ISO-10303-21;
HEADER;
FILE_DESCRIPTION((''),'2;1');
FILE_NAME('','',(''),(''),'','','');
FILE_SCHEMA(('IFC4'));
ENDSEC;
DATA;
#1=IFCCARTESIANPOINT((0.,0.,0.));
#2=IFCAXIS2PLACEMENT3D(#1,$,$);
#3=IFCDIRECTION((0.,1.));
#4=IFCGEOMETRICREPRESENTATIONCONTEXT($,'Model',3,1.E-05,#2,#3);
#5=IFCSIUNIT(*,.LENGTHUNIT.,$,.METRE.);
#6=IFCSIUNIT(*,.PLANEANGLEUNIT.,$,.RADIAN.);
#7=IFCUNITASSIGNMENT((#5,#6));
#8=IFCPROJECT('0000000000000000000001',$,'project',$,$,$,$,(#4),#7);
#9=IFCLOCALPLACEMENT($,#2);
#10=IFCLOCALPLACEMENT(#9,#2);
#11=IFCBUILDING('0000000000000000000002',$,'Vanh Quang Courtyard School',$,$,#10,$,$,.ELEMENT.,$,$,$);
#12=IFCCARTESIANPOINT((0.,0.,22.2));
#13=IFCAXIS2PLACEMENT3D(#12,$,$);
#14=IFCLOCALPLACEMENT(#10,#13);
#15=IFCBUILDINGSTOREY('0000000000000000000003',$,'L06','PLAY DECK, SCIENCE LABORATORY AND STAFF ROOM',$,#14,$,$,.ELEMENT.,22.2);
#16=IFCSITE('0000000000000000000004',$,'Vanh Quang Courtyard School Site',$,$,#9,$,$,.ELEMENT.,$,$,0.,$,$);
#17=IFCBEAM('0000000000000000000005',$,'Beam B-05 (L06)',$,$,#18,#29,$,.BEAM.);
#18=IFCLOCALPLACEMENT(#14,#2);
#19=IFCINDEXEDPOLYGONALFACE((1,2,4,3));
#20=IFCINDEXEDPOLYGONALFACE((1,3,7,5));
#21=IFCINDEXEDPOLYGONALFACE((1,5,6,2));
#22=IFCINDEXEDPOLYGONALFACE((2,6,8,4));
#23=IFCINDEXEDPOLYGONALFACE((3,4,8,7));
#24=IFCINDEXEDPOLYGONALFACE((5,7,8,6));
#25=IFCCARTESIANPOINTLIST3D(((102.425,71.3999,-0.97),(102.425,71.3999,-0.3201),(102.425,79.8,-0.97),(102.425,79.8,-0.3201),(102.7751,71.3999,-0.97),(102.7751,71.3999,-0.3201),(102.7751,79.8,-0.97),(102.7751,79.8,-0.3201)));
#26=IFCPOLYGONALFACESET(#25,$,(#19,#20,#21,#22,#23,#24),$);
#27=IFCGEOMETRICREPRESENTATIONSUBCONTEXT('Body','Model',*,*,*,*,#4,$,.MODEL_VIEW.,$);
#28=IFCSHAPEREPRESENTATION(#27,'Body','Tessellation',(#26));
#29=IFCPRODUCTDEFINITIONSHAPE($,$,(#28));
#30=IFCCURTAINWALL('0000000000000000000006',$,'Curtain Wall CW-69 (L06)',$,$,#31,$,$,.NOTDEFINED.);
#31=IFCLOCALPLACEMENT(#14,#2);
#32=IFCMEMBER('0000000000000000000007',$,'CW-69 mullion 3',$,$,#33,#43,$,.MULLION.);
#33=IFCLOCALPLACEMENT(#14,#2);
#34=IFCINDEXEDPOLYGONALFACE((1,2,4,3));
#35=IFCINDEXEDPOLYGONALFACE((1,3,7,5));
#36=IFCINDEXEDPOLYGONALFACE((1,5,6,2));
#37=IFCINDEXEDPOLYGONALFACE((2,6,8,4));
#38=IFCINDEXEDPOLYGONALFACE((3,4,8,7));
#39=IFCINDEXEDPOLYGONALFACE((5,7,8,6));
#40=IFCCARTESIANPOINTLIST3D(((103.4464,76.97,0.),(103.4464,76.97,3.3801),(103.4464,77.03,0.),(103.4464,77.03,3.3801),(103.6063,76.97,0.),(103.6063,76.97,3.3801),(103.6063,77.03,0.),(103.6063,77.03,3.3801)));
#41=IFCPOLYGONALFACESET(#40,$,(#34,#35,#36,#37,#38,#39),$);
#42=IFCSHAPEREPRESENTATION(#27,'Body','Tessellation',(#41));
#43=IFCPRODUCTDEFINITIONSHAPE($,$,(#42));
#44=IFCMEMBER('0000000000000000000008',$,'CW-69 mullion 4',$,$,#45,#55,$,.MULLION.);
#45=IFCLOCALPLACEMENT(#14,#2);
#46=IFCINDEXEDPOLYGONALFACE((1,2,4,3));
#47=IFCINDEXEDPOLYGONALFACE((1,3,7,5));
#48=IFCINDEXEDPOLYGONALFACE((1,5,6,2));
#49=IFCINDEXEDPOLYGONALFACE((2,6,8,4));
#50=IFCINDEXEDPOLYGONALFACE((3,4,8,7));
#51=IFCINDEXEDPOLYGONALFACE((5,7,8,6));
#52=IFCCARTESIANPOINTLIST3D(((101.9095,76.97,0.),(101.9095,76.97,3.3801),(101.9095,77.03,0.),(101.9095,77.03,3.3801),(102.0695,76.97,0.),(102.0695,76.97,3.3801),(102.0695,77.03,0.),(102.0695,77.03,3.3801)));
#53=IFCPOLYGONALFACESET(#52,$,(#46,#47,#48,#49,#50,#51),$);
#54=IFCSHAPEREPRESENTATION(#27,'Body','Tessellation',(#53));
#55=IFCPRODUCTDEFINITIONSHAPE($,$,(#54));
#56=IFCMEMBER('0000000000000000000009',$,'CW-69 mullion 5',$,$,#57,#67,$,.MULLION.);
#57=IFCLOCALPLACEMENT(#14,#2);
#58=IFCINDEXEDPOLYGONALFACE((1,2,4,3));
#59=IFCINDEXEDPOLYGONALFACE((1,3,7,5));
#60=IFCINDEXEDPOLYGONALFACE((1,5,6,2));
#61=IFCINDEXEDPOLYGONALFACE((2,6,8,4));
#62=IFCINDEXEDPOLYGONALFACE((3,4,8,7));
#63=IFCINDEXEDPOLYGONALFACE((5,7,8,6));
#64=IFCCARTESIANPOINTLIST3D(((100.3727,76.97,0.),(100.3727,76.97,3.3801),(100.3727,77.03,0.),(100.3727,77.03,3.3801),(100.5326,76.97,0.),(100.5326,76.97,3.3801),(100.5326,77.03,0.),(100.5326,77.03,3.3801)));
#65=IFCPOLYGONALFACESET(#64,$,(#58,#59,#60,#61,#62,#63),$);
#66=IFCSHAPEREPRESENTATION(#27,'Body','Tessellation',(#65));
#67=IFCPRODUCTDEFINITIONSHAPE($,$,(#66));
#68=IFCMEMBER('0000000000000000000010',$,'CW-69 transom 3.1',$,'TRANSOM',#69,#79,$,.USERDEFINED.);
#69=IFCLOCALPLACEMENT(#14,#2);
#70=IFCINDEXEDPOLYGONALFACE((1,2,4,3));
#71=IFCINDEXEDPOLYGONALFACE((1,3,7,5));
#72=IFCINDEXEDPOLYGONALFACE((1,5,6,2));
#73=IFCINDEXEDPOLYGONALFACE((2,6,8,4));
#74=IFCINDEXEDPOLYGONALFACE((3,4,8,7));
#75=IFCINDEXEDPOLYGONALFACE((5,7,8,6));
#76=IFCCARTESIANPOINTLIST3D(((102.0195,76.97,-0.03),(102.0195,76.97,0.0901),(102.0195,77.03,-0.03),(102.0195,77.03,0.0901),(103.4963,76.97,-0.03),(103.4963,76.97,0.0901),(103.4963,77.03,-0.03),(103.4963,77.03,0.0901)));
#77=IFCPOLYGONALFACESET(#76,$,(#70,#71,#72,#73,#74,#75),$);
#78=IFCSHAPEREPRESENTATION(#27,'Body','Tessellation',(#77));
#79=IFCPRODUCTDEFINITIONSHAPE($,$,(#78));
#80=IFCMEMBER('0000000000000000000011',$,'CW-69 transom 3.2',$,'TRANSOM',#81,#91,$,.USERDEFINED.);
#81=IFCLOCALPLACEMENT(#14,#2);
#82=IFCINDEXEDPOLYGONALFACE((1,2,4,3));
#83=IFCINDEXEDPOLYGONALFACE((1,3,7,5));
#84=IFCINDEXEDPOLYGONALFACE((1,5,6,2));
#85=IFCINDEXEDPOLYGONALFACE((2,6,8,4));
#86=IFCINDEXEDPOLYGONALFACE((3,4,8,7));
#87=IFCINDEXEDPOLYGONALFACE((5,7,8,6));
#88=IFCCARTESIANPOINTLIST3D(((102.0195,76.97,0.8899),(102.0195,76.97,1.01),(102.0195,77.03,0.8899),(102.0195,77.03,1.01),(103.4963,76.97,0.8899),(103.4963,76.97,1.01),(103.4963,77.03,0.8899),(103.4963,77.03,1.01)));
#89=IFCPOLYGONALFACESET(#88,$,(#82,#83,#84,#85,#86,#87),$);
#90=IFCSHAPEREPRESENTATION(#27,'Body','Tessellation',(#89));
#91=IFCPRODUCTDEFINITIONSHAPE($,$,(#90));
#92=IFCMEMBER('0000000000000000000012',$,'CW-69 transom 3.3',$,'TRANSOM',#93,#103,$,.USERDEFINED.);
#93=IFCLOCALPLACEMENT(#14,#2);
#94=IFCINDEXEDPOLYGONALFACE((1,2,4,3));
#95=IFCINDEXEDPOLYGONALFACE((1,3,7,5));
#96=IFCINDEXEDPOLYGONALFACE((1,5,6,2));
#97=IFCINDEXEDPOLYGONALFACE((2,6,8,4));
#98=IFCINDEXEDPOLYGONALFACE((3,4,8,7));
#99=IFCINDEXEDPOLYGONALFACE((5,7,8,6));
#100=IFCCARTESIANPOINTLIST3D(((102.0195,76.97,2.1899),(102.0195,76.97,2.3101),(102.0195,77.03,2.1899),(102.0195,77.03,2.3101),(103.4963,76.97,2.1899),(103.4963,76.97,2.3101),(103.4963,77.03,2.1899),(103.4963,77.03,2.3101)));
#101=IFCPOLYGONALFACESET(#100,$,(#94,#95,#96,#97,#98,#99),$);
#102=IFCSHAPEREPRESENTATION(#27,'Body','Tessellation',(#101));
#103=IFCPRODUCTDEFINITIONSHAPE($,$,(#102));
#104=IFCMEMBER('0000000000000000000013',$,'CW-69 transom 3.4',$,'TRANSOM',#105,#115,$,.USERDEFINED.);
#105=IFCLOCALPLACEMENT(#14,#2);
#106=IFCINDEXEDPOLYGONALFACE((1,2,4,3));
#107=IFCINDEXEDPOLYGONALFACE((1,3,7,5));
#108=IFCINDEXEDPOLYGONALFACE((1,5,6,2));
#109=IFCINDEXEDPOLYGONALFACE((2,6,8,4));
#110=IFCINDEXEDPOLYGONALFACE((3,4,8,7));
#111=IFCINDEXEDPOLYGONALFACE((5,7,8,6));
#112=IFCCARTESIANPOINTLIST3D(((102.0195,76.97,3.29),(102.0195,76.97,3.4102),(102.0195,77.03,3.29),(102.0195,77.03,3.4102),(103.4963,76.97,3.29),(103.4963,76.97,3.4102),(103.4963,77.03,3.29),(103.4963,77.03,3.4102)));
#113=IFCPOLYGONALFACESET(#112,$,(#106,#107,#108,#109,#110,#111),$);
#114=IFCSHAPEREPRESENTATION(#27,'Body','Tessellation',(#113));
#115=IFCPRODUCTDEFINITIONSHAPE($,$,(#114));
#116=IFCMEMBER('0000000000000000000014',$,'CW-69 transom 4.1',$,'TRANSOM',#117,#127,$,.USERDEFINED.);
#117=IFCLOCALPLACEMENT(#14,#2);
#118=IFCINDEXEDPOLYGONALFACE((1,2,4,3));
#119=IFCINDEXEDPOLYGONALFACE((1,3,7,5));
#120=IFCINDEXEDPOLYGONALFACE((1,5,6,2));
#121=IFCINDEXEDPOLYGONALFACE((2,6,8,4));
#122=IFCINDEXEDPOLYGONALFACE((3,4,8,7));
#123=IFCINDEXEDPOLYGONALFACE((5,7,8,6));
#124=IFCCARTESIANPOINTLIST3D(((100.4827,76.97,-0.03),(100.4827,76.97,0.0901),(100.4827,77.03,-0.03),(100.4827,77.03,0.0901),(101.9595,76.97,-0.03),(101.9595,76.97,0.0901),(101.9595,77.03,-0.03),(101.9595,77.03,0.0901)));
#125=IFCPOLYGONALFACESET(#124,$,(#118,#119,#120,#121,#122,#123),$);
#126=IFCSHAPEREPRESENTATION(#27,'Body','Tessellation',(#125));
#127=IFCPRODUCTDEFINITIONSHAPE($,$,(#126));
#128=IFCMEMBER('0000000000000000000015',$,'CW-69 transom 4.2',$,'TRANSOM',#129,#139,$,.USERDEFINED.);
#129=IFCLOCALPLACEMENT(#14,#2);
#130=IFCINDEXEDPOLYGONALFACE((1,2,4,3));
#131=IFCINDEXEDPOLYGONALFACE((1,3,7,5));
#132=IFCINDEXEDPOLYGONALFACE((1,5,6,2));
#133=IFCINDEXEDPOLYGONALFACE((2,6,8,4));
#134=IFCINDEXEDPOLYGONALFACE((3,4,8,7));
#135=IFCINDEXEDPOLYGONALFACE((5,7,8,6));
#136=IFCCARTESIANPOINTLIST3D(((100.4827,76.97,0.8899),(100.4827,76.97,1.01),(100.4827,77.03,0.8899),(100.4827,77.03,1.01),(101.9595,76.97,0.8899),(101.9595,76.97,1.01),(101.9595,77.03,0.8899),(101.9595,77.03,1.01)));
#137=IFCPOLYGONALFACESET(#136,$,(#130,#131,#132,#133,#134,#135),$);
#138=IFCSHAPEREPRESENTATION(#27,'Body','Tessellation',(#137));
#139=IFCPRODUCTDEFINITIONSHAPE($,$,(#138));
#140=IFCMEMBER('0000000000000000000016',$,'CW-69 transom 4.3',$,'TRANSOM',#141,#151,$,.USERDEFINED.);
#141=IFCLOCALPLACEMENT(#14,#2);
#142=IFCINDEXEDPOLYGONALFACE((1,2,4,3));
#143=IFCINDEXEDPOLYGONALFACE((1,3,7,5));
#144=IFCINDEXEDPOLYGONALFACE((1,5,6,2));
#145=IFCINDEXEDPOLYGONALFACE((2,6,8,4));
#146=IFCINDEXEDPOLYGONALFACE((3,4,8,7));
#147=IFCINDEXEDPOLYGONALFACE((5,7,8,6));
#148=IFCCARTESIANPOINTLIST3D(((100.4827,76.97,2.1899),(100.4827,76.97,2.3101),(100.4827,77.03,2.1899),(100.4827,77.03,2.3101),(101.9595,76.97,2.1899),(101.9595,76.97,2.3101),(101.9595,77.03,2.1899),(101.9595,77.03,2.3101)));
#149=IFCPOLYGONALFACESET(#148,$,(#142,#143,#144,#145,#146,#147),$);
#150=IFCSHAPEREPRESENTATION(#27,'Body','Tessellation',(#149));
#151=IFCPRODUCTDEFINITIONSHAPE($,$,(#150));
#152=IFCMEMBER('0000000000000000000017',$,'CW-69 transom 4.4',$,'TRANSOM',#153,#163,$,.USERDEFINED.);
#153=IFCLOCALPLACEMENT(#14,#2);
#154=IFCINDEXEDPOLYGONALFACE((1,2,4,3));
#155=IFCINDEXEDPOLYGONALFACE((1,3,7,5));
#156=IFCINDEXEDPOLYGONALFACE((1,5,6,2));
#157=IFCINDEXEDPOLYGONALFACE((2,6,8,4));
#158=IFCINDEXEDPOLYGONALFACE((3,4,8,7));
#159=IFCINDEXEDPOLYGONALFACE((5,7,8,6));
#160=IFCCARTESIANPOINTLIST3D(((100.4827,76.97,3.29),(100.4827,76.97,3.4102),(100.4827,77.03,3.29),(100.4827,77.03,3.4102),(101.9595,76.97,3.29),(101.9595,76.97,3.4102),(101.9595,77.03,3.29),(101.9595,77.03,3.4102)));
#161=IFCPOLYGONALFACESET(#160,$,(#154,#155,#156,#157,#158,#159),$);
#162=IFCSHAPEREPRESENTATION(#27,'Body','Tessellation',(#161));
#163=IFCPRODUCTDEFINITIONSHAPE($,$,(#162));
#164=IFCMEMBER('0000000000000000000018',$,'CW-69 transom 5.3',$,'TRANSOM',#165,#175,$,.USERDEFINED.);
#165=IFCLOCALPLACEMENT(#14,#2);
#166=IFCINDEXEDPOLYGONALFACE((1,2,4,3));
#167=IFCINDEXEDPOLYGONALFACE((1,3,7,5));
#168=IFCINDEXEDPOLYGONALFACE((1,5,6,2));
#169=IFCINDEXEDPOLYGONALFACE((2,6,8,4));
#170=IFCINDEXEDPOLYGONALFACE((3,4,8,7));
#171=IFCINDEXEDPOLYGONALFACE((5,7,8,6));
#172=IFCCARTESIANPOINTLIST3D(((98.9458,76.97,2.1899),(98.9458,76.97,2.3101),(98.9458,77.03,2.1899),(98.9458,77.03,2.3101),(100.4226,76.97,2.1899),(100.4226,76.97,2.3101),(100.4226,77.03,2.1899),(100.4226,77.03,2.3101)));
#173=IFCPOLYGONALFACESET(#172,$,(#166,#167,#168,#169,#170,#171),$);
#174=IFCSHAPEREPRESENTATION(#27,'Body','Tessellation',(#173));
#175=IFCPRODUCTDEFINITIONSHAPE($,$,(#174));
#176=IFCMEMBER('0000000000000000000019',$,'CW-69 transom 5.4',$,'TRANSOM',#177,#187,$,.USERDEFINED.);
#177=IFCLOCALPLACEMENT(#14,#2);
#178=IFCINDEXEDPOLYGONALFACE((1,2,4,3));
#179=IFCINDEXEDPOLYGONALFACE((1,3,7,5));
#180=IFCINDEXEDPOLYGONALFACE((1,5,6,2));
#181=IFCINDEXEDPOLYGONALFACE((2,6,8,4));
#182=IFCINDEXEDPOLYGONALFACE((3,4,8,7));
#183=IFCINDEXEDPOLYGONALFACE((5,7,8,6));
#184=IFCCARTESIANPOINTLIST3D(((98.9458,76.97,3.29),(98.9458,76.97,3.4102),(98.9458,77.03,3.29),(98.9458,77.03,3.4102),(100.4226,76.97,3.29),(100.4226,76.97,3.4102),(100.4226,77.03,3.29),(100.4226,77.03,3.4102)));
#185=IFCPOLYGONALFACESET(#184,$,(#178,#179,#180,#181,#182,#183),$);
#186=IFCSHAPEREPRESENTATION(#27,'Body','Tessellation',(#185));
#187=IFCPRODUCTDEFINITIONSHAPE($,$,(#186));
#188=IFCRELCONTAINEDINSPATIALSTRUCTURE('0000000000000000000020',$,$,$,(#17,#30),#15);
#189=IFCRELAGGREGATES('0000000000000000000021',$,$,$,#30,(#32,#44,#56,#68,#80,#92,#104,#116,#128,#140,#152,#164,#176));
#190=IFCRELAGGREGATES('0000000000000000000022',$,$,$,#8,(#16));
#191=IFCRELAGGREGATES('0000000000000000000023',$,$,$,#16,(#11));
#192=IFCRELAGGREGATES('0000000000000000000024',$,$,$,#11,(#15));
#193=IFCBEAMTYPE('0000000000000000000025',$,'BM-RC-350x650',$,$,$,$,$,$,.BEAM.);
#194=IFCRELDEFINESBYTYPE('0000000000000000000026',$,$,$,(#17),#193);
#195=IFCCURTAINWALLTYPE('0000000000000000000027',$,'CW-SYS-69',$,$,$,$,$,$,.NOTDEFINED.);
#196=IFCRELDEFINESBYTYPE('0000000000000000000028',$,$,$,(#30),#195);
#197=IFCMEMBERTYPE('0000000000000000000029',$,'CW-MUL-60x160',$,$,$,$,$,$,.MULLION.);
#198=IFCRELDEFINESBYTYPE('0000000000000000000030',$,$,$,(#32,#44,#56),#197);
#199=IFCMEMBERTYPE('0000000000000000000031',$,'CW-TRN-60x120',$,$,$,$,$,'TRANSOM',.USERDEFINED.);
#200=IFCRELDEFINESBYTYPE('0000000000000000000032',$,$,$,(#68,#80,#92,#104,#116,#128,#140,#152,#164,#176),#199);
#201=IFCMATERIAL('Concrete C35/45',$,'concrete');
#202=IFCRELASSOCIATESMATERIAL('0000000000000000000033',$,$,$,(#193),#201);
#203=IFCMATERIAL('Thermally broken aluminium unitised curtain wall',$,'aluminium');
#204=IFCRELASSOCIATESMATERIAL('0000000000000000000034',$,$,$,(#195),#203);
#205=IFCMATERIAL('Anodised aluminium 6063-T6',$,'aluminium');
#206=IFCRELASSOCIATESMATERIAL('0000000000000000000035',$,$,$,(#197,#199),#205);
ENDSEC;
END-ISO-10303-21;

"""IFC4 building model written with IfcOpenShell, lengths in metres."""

from ifc_helpers import new_model, si_unit, direction, frame, origin, origin_2d, place, context, subcontext, project, spatial, rectangle, extrude, material, material_profile, profile_set, type_object, element, aggregate, save


model = new_model("IFC4")

# Units and contexts
model_context = context("Model", 3, precision=1e-05, world=origin(), true_north=direction((0.0, 1.0)))
body_context = subcontext(model_context, "Body", "Model", "MODEL_VIEW")
ifc_project = project(units=[si_unit("LENGTHUNIT", "METRE"), si_unit("PLANEANGLEUNIT", "RADIAN")], contexts=[model_context])

# Site, building, storey
site_placement = place(None, origin())
site = spatial("IfcSite", under=ifc_project, at=site_placement, Name="Vanh Quang Courtyard School Site", CompositionType="ELEMENT", RefElevation=0.0)
building_placement = place(site_placement, origin())
building = spatial("IfcBuilding", under=site, at=building_placement, Name="Vanh Quang Courtyard School", CompositionType="ELEMENT")
storey_placement = place(building_placement, frame((0.0, 0.0, 22.2)))
storey = spatial("IfcBuildingStorey", under=building, at=storey_placement, Name="L06", Description="PLAY DECK, SCIENCE LABORATORY AND STAFF ROOM", CompositionType="ELEMENT", Elevation=22.2)

# Beam
ifc_material_1 = material(Name="Concrete C35/45", Category="concrete")
ifc_material_profile_1 = material_profile(ifc_material_1, rectangle(XDim=0.3501, YDim=0.6499, at=origin_2d()), Name="RC-BM 350x650")
ifc_profile_set_1 = profile_set([ifc_material_profile_1], Name="Concrete C35/45")
beam_type = type_object("IfcBeamType", Name="BM-RC-350x650", PredefinedType="BEAM", material=ifc_profile_set_1)
beam_placement = place(storey_placement, frame((102.6001, 71.3999, -0.645), z_axis=(0.0, 1.0, 0.0), x_axis=(-1.0, 0.0, 0.0)))
element("IfcBeam", 1, at=beam_placement, inside=storey, type_object=beam_type, Name="Beam B-05 (L06)", PredefinedType="BEAM", context=body_context, shape_type="SweptSolid", body=[
    extrude(rectangle(XDim=0.3501, YDim=0.6499, at=origin_2d()), origin(), (0.0, 0.0, 1.0), 8.4001),
])

# Curtain wall, members
ifc_material_2 = material(Name="Thermally broken aluminium unitised curtain wall", Category="aluminium")
curtain_wall_type = type_object("IfcCurtainWallType", Name="CW-SYS-69", PredefinedType="NOTDEFINED", material=ifc_material_2)
curtain_wall_placement = place(storey_placement, origin())
curtain_wall = element("IfcCurtainWall", 2, at=curtain_wall_placement, inside=storey, type_object=curtain_wall_type, Name="Curtain Wall CW-69 (L06)", PredefinedType="NOTDEFINED")
ifc_material_3 = material(Name="Anodised aluminium 6063-T6", Category="aluminium")
ifc_material_profile_2 = material_profile(ifc_material_3, rectangle(XDim=0.0601, YDim=0.1599, at=origin_2d()), Name="ALU-MUL 60x160")
ifc_profile_set_2 = profile_set([ifc_material_profile_2], Name="Anodised aluminium 6063-T6")
member_type_1 = type_object("IfcMemberType", Name="CW-MUL-60x160", PredefinedType="MULLION", material=ifc_profile_set_2)
member_1_placement = place(storey_placement, frame((103.5264, 77.0, 0.0), z_axis=(0.0, 0.0, 1.0), x_axis=(0.0, -1.0, 0.0)))
member_1 = element("IfcMember", 3, at=member_1_placement, type_object=member_type_1, Name="CW-69 mullion 3", PredefinedType="MULLION", context=body_context, shape_type="SweptSolid", body=[
    extrude(rectangle(XDim=0.0601, YDim=0.1599, at=origin_2d()), origin(), (0.0, 0.0, 1.0), 3.3801),
])
member_2_placement = place(storey_placement, frame((101.9895, 77.0, 0.0), z_axis=(0.0, 0.0, 1.0), x_axis=(0.0, -1.0, 0.0)))
member_2 = element("IfcMember", 4, at=member_2_placement, type_object=member_type_1, Name="CW-69 mullion 4", PredefinedType="MULLION", context=body_context, shape_type="SweptSolid", body=[
    extrude(rectangle(XDim=0.0601, YDim=0.1599, at=origin_2d()), origin(), (0.0, 0.0, 1.0), 3.3801),
])
member_3_placement = place(storey_placement, frame((100.4526, 77.0, 0.0), z_axis=(0.0, 0.0, 1.0), x_axis=(0.0, -1.0, 0.0)))
member_3 = element("IfcMember", 5, at=member_3_placement, type_object=member_type_1, Name="CW-69 mullion 5", PredefinedType="MULLION", context=body_context, shape_type="SweptSolid", body=[
    extrude(rectangle(XDim=0.0601, YDim=0.1599, at=origin_2d()), origin(), (0.0, 0.0, 1.0), 3.3801),
])
ifc_material_profile_3 = material_profile(ifc_material_3, rectangle(XDim=0.0601, YDim=0.1201, at=origin_2d()), Name="ALU-TRN 60x120")
ifc_profile_set_3 = profile_set([ifc_material_profile_3], Name="Anodised aluminium 6063-T6")
member_type_2 = type_object("IfcMemberType", Name="CW-TRN-60x120", ElementType="TRANSOM", PredefinedType="USERDEFINED", material=ifc_profile_set_3)
member_4_placement = place(storey_placement, frame((103.4963, 77.0, 0.03), z_axis=(-1.0, 0.0, 0.0), x_axis=(0.0, -1.0, 0.0)))
member_4 = element("IfcMember", 6, at=member_4_placement, type_object=member_type_2, Name="CW-69 transom 3.1", ObjectType="TRANSOM", PredefinedType="USERDEFINED", context=body_context, shape_type="SweptSolid", body=[
    extrude(rectangle(XDim=0.0601, YDim=0.1201, at=origin_2d()), origin(), (0.0, 0.0, 1.0), 1.4768),
])
member_5_placement = place(storey_placement, frame((103.4963, 77.0, 0.95), z_axis=(-1.0, 0.0, 0.0), x_axis=(0.0, -1.0, 0.0)))
member_5 = element("IfcMember", 7, at=member_5_placement, type_object=member_type_2, Name="CW-69 transom 3.2", ObjectType="TRANSOM", PredefinedType="USERDEFINED", context=body_context, shape_type="SweptSolid", body=[
    extrude(rectangle(XDim=0.0601, YDim=0.1201, at=origin_2d()), origin(), (0.0, 0.0, 1.0), 1.4768),
])
member_6_placement = place(storey_placement, frame((103.4963, 77.0, 2.25), z_axis=(-1.0, 0.0, 0.0), x_axis=(0.0, -1.0, 0.0)))
member_6 = element("IfcMember", 8, at=member_6_placement, type_object=member_type_2, Name="CW-69 transom 3.3", ObjectType="TRANSOM", PredefinedType="USERDEFINED", context=body_context, shape_type="SweptSolid", body=[
    extrude(rectangle(XDim=0.0601, YDim=0.1201, at=origin_2d()), origin(), (0.0, 0.0, 1.0), 1.4768),
])
member_7_placement = place(storey_placement, frame((103.4963, 77.0, 3.3501), z_axis=(-1.0, 0.0, 0.0), x_axis=(0.0, -1.0, 0.0)))
member_7 = element("IfcMember", 9, at=member_7_placement, type_object=member_type_2, Name="CW-69 transom 3.4", ObjectType="TRANSOM", PredefinedType="USERDEFINED", context=body_context, shape_type="SweptSolid", body=[
    extrude(rectangle(XDim=0.0601, YDim=0.1201, at=origin_2d()), origin(), (0.0, 0.0, 1.0), 1.4768),
])
member_8_placement = place(storey_placement, frame((101.9595, 77.0, 0.03), z_axis=(-1.0, 0.0, 0.0), x_axis=(0.0, -1.0, 0.0)))
member_8 = element("IfcMember", 10, at=member_8_placement, type_object=member_type_2, Name="CW-69 transom 4.1", ObjectType="TRANSOM", PredefinedType="USERDEFINED", context=body_context, shape_type="SweptSolid", body=[
    extrude(rectangle(XDim=0.0601, YDim=0.1201, at=origin_2d()), origin(), (0.0, 0.0, 1.0), 1.4768),
])
member_9_placement = place(storey_placement, frame((101.9595, 77.0, 0.95), z_axis=(-1.0, 0.0, 0.0), x_axis=(0.0, -1.0, 0.0)))
member_9 = element("IfcMember", 11, at=member_9_placement, type_object=member_type_2, Name="CW-69 transom 4.2", ObjectType="TRANSOM", PredefinedType="USERDEFINED", context=body_context, shape_type="SweptSolid", body=[
    extrude(rectangle(XDim=0.0601, YDim=0.1201, at=origin_2d()), origin(), (0.0, 0.0, 1.0), 1.4768),
])
member_10_placement = place(storey_placement, frame((101.9595, 77.0, 2.25), z_axis=(-1.0, 0.0, 0.0), x_axis=(0.0, -1.0, 0.0)))
member_10 = element("IfcMember", 12, at=member_10_placement, type_object=member_type_2, Name="CW-69 transom 4.3", ObjectType="TRANSOM", PredefinedType="USERDEFINED", context=body_context, shape_type="SweptSolid", body=[
    extrude(rectangle(XDim=0.0601, YDim=0.1201, at=origin_2d()), origin(), (0.0, 0.0, 1.0), 1.4768),
])
member_11_placement = place(storey_placement, frame((101.9595, 77.0, 3.3501), z_axis=(-1.0, 0.0, 0.0), x_axis=(0.0, -1.0, 0.0)))
member_11 = element("IfcMember", 13, at=member_11_placement, type_object=member_type_2, Name="CW-69 transom 4.4", ObjectType="TRANSOM", PredefinedType="USERDEFINED", context=body_context, shape_type="SweptSolid", body=[
    extrude(rectangle(XDim=0.0601, YDim=0.1201, at=origin_2d()), origin(), (0.0, 0.0, 1.0), 1.4768),
])
member_12_placement = place(storey_placement, frame((100.4226, 77.0, 2.25), z_axis=(-1.0, 0.0, 0.0), x_axis=(0.0, -1.0, 0.0)))
member_12 = element("IfcMember", 14, at=member_12_placement, type_object=member_type_2, Name="CW-69 transom 5.3", ObjectType="TRANSOM", PredefinedType="USERDEFINED", context=body_context, shape_type="SweptSolid", body=[
    extrude(rectangle(XDim=0.0601, YDim=0.1201, at=origin_2d()), origin(), (0.0, 0.0, 1.0), 1.4768),
])
member_13_placement = place(storey_placement, frame((100.4226, 77.0, 3.3501), z_axis=(-1.0, 0.0, 0.0), x_axis=(0.0, -1.0, 0.0)))
member_13 = element("IfcMember", 15, at=member_13_placement, type_object=member_type_2, Name="CW-69 transom 5.4", ObjectType="TRANSOM", PredefinedType="USERDEFINED", context=body_context, shape_type="SweptSolid", body=[
    extrude(rectangle(XDim=0.0601, YDim=0.1201, at=origin_2d()), origin(), (0.0, 0.0, 1.0), 1.4768),
])
aggregate(curtain_wall, [member_1, member_2, member_3, member_4, member_5, member_6, member_7, member_8, member_9, member_10, member_11, member_12, member_13])

save(model, "model.ifc")
